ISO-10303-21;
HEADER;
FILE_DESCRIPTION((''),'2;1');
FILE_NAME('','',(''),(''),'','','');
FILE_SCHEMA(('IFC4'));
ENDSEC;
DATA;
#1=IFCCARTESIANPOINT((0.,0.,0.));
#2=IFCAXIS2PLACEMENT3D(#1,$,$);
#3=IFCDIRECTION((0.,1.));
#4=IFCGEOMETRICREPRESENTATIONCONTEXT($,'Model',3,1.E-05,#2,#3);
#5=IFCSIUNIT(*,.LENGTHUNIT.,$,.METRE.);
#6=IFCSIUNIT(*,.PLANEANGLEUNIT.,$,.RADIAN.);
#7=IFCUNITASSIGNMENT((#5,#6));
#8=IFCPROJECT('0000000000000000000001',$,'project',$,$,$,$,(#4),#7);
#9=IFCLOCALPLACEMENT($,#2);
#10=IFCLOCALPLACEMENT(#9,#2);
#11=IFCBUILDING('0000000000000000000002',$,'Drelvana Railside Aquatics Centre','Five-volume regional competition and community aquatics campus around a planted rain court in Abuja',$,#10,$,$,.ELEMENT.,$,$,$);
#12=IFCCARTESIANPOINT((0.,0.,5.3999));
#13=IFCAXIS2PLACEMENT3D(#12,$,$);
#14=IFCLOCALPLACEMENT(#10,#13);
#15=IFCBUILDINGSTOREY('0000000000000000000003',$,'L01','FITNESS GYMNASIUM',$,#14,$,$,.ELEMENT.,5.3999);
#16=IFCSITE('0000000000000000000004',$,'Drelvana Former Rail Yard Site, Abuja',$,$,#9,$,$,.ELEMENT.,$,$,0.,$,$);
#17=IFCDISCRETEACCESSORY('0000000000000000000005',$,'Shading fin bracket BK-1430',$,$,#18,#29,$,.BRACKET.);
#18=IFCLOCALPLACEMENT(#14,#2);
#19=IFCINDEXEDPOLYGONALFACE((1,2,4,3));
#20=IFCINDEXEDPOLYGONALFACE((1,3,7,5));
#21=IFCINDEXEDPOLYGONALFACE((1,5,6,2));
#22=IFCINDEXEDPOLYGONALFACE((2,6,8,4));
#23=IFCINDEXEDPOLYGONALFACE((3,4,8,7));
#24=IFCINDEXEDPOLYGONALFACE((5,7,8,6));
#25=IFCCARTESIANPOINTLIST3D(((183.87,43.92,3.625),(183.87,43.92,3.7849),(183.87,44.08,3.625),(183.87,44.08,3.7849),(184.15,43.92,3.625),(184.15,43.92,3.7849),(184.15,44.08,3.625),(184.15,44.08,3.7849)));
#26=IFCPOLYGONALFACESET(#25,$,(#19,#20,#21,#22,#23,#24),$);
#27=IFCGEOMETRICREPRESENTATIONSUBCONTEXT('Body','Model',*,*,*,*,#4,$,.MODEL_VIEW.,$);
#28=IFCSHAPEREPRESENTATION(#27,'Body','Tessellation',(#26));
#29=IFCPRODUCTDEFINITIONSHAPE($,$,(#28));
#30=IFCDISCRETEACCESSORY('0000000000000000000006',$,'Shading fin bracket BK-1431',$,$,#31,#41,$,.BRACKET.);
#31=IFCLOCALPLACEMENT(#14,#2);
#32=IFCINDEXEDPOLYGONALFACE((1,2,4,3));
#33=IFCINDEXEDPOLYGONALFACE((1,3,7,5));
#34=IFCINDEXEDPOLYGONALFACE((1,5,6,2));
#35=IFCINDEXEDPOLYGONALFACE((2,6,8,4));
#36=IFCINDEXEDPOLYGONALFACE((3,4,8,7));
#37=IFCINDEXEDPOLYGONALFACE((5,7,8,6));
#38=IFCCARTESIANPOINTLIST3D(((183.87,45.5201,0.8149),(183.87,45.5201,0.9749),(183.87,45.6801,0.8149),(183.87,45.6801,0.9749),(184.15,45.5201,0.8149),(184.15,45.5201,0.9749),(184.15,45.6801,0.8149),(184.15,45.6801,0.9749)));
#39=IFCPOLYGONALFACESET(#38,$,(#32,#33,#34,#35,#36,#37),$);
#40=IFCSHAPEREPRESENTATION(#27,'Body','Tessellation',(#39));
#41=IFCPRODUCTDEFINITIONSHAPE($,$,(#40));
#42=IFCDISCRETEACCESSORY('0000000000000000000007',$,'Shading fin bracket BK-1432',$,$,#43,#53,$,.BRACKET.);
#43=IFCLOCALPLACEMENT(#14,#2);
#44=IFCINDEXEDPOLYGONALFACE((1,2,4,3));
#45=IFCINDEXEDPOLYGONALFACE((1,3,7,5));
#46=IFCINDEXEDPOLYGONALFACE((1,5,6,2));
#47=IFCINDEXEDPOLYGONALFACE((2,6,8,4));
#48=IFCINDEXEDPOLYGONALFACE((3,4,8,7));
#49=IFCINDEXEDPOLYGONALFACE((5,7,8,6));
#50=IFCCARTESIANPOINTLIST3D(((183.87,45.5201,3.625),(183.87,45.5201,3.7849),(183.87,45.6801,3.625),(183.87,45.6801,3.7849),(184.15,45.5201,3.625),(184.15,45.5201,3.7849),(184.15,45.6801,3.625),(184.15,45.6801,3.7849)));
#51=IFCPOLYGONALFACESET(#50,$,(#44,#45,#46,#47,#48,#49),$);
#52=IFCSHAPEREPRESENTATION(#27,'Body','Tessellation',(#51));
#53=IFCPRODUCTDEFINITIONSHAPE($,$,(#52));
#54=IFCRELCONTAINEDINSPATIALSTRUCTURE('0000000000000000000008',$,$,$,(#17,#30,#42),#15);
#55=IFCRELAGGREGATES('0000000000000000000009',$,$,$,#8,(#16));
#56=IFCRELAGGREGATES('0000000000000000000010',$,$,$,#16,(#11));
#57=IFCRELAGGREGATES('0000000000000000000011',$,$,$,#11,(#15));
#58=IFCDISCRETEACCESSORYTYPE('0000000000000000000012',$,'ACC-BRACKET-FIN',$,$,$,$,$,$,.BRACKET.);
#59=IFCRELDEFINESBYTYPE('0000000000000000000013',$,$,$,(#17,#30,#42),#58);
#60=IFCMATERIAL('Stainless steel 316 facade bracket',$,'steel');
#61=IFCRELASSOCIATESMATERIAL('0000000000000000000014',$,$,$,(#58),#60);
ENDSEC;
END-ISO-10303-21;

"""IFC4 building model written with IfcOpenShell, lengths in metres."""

from ifc_helpers import new_model, si_unit, direction, frame, origin, origin_2d, place, context, subcontext, project, spatial, rectangle, extrude, material, type_object, element, save


model = new_model("IFC4")

# Units and contexts
model_context = context("Model", 3, precision=1e-05, world=origin(), true_north=direction((0.0, 1.0)))
body_context = subcontext(model_context, "Body", "Model", "MODEL_VIEW")
ifc_project = project(units=[si_unit("LENGTHUNIT", "METRE"), si_unit("PLANEANGLEUNIT", "RADIAN")], contexts=[model_context])

# Site, building, storey
site_placement = place(None, origin())
site = spatial("IfcSite", under=ifc_project, at=site_placement, Name="Drelvana Former Rail Yard Site, Abuja", CompositionType="ELEMENT", RefElevation=0.0)
building_placement = place(site_placement, origin())
building = spatial("IfcBuilding", under=site, at=building_placement, Name="Drelvana Railside Aquatics Centre", Description="Five-volume regional competition and community aquatics campus around a planted rain court in Abuja", CompositionType="ELEMENT")
storey_placement = place(building_placement, frame((0.0, 0.0, 5.3999)))
storey = spatial("IfcBuildingStorey", under=building, at=storey_placement, Name="L01", Description="FITNESS GYMNASIUM", CompositionType="ELEMENT", Elevation=5.3999)

# Discrete accessories
ifc_material_1 = material(Name="Stainless steel 316 facade bracket", Category="steel")
discrete_accessory_type = type_object("IfcDiscreteAccessoryType", Name="ACC-BRACKET-FIN", PredefinedType="BRACKET", material=ifc_material_1)
for number, where, z_axis, x_axis, name in (
    (1, (184.01, 44.0, 3.625), (0.0, 0.0, 1.0), (1.0, 0.0, 0.0), "Shading fin bracket BK-1430"),
    (2, (184.01, 45.6001, 0.8149), (0.0, 0.0, 1.0), (1.0, 0.0, 0.0), "Shading fin bracket BK-1431"),
    (3, (184.01, 45.6001, 3.625), (0.0, 0.0, 1.0), (1.0, 0.0, 0.0), "Shading fin bracket BK-1432"),
):
    element("IfcDiscreteAccessory", number, at=place(storey_placement, frame(where, z_axis=z_axis, x_axis=x_axis)), inside=storey, type_object=discrete_accessory_type, Name=name, PredefinedType="BRACKET", context=body_context, shape_type="SweptSolid", body=[
        extrude(rectangle(XDim=0.28, YDim=0.1599, at=origin_2d()), origin(), (0.0, 0.0, 1.0), 0.1599),
    ])

save(model, "model.ifc")
